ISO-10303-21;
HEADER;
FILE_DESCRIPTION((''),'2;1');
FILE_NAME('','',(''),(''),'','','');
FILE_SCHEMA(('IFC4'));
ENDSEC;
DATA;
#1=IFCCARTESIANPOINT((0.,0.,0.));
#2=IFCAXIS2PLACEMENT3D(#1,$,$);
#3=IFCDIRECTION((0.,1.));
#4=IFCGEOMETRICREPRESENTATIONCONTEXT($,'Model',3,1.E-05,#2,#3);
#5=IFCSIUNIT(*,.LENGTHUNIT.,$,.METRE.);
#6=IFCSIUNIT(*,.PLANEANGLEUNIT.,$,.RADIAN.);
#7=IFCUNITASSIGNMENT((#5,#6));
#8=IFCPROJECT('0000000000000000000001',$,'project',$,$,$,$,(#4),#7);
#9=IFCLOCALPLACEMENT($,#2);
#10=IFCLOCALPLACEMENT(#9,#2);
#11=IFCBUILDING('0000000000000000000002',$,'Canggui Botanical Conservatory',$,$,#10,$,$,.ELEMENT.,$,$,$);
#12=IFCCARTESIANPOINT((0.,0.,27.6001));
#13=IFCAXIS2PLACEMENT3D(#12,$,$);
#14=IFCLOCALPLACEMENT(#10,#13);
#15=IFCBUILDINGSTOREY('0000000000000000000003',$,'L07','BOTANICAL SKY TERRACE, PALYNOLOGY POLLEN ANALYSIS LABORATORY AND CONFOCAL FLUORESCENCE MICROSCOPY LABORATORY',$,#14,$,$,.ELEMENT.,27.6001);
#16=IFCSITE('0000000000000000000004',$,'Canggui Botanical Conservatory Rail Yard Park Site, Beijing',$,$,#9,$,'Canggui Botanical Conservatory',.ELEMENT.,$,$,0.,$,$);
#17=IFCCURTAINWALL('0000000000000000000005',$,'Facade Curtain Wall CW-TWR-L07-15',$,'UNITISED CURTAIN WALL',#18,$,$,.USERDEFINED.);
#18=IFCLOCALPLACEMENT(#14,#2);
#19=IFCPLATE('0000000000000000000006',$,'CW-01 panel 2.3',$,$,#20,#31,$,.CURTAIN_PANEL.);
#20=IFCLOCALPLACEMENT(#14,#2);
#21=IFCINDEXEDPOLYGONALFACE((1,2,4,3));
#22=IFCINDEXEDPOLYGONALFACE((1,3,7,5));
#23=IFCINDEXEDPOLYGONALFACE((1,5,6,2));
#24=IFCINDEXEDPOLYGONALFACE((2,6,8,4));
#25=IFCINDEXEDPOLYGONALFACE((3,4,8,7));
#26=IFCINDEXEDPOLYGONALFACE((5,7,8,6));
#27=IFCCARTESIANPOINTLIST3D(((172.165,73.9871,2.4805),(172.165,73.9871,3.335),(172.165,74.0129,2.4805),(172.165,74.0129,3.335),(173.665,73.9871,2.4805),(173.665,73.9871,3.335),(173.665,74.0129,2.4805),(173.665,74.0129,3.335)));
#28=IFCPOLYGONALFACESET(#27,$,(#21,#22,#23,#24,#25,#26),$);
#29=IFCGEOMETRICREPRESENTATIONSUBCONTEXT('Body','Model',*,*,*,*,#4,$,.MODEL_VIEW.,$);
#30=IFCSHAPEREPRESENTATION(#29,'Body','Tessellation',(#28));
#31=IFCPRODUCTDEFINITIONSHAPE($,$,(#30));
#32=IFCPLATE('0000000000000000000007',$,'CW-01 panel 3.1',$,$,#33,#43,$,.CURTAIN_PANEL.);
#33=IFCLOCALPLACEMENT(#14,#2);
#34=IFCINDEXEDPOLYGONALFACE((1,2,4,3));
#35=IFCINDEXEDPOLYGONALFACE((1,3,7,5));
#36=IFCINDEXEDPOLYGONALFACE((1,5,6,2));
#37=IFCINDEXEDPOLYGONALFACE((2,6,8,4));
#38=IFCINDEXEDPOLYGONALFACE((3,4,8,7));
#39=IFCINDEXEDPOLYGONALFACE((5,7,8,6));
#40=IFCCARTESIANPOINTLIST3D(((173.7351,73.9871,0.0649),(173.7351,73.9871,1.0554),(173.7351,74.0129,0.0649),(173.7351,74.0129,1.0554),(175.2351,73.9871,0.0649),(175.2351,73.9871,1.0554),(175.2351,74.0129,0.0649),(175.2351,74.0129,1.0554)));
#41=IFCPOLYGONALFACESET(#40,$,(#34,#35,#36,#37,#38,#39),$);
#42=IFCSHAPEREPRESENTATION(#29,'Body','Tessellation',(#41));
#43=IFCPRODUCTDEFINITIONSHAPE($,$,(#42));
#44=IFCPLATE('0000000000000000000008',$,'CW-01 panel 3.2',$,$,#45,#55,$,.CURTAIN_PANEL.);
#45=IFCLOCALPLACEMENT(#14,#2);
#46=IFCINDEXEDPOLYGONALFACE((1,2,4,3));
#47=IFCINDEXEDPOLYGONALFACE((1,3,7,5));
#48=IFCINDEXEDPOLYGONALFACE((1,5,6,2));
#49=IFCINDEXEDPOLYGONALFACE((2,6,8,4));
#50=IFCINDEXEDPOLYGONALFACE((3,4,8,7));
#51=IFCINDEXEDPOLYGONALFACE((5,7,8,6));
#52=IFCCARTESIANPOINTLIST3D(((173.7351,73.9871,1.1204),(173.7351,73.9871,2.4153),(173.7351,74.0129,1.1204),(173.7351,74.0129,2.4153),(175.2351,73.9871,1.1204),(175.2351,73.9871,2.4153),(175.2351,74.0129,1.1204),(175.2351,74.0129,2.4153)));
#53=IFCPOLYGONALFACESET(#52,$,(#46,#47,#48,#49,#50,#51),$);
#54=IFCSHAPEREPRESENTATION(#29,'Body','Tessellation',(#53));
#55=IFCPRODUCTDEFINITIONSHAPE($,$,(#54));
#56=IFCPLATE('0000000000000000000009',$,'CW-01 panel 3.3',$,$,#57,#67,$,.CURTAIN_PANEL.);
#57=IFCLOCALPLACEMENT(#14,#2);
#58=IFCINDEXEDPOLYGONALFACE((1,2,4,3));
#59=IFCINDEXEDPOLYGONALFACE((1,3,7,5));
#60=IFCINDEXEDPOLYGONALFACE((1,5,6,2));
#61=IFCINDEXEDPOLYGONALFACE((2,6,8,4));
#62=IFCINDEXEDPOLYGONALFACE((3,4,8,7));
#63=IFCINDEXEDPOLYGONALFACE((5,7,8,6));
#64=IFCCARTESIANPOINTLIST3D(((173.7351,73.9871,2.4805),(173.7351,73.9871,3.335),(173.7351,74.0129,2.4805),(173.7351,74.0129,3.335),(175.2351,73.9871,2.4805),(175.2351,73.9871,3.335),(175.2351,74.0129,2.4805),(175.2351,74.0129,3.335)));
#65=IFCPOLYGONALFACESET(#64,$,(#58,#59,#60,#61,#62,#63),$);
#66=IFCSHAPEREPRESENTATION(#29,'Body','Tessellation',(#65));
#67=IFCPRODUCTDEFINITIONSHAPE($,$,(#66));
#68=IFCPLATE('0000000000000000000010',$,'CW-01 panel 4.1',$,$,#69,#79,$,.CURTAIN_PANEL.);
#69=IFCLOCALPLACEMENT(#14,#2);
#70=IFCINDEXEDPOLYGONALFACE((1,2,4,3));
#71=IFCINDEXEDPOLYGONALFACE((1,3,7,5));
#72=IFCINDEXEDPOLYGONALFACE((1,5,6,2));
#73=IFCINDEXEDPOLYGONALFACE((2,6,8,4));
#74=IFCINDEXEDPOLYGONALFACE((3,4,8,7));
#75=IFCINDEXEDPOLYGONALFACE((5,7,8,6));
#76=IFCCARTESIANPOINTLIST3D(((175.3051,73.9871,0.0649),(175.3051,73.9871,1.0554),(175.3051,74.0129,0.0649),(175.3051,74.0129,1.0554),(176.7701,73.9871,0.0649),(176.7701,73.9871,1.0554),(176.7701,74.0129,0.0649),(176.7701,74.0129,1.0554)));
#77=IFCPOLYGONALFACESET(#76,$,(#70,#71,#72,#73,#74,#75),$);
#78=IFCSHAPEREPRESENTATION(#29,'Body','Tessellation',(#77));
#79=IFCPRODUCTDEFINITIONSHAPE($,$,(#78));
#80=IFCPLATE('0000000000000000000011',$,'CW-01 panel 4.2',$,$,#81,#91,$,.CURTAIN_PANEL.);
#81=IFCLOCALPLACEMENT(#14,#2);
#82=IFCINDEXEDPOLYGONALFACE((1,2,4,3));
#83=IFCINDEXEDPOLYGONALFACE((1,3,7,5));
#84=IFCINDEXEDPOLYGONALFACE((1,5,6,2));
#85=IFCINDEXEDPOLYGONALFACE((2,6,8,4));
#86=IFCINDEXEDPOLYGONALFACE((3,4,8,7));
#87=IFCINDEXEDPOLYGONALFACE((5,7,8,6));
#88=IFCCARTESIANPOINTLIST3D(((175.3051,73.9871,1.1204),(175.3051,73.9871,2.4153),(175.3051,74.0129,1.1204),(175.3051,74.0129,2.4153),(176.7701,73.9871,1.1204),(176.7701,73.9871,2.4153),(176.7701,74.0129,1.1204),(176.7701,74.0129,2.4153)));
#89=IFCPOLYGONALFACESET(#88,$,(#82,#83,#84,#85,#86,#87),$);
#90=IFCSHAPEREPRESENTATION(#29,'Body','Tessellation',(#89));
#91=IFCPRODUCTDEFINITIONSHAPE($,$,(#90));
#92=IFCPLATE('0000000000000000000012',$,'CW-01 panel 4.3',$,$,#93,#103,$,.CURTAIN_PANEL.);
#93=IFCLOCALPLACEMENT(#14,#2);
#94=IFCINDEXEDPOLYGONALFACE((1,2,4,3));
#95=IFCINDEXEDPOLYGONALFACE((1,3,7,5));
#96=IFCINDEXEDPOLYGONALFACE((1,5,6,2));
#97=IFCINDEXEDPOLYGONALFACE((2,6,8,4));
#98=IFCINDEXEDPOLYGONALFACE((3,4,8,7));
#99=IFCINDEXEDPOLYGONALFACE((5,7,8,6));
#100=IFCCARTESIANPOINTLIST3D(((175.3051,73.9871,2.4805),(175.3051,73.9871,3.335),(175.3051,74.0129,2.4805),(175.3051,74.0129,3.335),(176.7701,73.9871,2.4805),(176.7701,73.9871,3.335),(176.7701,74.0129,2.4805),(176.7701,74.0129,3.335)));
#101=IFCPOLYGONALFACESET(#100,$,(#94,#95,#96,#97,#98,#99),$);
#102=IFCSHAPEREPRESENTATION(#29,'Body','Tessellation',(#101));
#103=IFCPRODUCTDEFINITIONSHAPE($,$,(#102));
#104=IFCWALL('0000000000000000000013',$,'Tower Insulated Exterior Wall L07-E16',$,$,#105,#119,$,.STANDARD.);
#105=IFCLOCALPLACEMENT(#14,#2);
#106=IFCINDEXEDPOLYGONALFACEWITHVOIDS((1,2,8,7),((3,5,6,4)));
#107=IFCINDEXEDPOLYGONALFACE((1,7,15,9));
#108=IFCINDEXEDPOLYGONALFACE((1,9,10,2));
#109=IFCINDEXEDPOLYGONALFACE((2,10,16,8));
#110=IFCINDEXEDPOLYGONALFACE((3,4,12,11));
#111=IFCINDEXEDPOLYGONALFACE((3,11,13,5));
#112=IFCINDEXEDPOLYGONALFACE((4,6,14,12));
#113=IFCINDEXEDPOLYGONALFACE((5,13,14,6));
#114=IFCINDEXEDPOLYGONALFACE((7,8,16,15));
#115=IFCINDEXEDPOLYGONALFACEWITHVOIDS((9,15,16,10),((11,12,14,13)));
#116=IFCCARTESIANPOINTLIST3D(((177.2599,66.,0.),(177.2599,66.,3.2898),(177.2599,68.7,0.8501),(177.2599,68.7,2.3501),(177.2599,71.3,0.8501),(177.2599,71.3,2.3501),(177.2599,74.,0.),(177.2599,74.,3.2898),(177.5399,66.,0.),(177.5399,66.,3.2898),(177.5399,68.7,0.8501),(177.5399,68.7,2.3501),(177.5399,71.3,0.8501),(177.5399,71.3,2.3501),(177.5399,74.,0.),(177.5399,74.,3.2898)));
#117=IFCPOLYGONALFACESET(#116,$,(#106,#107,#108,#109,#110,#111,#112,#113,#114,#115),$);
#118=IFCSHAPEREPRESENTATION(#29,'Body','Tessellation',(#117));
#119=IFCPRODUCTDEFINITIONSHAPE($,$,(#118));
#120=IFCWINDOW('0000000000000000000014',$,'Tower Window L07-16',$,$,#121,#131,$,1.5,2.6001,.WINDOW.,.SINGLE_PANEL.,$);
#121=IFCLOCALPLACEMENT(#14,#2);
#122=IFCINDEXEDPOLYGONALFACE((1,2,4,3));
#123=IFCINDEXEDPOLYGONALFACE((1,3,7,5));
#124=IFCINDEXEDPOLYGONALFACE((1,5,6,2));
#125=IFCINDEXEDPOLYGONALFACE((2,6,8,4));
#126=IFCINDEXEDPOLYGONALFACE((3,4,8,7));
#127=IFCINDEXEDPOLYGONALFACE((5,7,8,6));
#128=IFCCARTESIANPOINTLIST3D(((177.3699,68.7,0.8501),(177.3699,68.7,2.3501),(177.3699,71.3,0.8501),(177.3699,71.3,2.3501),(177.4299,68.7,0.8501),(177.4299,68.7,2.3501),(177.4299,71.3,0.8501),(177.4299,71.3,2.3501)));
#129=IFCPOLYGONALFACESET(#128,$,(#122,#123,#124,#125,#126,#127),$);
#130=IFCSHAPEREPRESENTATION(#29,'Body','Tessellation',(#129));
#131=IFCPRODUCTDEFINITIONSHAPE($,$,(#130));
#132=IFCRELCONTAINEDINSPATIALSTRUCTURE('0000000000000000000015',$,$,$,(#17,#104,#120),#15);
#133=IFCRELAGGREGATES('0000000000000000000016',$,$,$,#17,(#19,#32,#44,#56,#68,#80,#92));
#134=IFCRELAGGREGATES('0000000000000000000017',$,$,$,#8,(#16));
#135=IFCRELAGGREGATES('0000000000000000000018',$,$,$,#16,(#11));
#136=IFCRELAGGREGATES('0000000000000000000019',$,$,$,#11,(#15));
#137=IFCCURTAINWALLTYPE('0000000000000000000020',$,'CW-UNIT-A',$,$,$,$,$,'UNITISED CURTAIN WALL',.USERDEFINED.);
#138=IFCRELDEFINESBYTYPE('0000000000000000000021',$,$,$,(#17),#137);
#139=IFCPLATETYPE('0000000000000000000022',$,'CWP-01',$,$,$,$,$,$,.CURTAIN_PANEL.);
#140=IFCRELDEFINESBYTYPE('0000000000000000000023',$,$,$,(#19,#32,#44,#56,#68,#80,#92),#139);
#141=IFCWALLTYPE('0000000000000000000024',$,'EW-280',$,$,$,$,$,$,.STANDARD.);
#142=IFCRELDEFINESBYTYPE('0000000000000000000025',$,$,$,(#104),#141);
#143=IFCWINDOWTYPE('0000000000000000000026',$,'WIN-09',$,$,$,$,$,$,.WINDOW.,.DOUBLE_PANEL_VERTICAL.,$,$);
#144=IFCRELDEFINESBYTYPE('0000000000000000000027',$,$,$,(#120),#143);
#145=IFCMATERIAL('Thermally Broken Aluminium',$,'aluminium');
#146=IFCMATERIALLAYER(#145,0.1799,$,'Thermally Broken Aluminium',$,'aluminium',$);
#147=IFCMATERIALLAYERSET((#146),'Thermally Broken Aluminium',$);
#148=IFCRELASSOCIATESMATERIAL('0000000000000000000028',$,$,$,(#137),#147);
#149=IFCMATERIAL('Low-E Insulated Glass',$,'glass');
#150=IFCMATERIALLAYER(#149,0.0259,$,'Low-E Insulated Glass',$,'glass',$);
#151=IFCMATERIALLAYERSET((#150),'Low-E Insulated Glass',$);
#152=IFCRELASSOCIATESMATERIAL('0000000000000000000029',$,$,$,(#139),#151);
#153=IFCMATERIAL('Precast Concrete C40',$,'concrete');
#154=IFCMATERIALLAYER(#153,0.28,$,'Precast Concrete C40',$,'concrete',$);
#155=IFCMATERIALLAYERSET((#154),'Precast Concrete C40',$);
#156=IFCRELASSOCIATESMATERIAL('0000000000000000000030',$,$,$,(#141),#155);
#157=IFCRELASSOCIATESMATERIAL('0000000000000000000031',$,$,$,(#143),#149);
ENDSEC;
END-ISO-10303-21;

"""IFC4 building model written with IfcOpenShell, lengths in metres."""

from ifc_helpers import new_model, si_unit, direction, frame, frame_2d, origin, origin_2d, place, context, subcontext, project, spatial, rectangle, extrude, material, layer, layer_set, type_object, element, fill, aggregate, save


model = new_model("IFC4")

# Units and contexts
model_context = context("Model", 3, precision=1e-05, world=origin(), true_north=direction((0.0, 1.0)))
body_context = subcontext(model_context, "Body", "Model", "MODEL_VIEW")
ifc_project = project(units=[si_unit("LENGTHUNIT", "METRE"), si_unit("PLANEANGLEUNIT", "RADIAN")], contexts=[model_context])

# Site, building, storey
site_placement = place(None, origin())
site = spatial("IfcSite", under=ifc_project, at=site_placement, Name="Canggui Botanical Conservatory Rail Yard Park Site, Beijing", LongName="Canggui Botanical Conservatory", CompositionType="ELEMENT", RefElevation=0.0)
building_placement = place(site_placement, origin())
building = spatial("IfcBuilding", under=site, at=building_placement, Name="Canggui Botanical Conservatory", CompositionType="ELEMENT")
storey_placement = place(building_placement, frame((0.0, 0.0, 27.6001)))
storey = spatial("IfcBuildingStorey", under=building, at=storey_placement, Name="L07", Description="BOTANICAL SKY TERRACE, PALYNOLOGY POLLEN ANALYSIS LABORATORY AND CONFOCAL FLUORESCENCE MICROSCOPY LABORATORY", CompositionType="ELEMENT", Elevation=27.6001)

# Curtain wall, plates
ifc_material_1 = material(Name="Thermally Broken Aluminium", Category="aluminium")
ifc_layer_1 = layer(ifc_material_1, 0.1799, Name="Thermally Broken Aluminium", Category="aluminium")
ifc_layer_set_1 = layer_set([ifc_layer_1], Name="Thermally Broken Aluminium")
curtain_wall_type = type_object("IfcCurtainWallType", Name="CW-UNIT-A", ElementType="UNITISED CURTAIN WALL", PredefinedType="USERDEFINED", material=ifc_layer_set_1)
curtain_wall_placement = place(storey_placement, origin())
curtain_wall = element("IfcCurtainWall", 1, at=curtain_wall_placement, inside=storey, type_object=curtain_wall_type, Name="Facade Curtain Wall CW-TWR-L07-15", ObjectType="UNITISED CURTAIN WALL", PredefinedType="USERDEFINED")
ifc_material_2 = material(Name="Low-E Insulated Glass", Category="glass")
ifc_layer_2 = layer(ifc_material_2, 0.0259, Name="Low-E Insulated Glass", Category="glass")
ifc_layer_set_2 = layer_set([ifc_layer_2], Name="Low-E Insulated Glass")
plate_type = type_object("IfcPlateType", Name="CWP-01", PredefinedType="CURTAIN_PANEL", material=ifc_layer_set_2)
plate_1_placement = place(storey_placement, frame((172.915, 74.0, 2.4805), z_axis=(0.0, 0.0, 1.0), x_axis=(1.0, 0.0, 0.0)))
plate_1 = element("IfcPlate", 2, at=plate_1_placement, type_object=plate_type, Name="CW-01 panel 2.3", PredefinedType="CURTAIN_PANEL", context=body_context, shape_type="SweptSolid", body=[
    extrude(rectangle(XDim=1.5, YDim=0.0259, at=origin_2d()), origin(), (0.0, 0.0, 1.0), 0.8545),
])
plate_2_placement = place(storey_placement, frame((174.4851, 74.0, 0.0649), z_axis=(0.0, 0.0, 1.0), x_axis=(1.0, 0.0, 0.0)))
plate_2 = element("IfcPlate", 3, at=plate_2_placement, type_object=plate_type, Name="CW-01 panel 3.1", PredefinedType="CURTAIN_PANEL", context=body_context, shape_type="SweptSolid", body=[
    extrude(rectangle(XDim=1.5, YDim=0.0259, at=origin_2d()), origin(), (0.0, 0.0, 1.0), 0.9905),
])
plate_3_placement = place(storey_placement, frame((174.4851, 74.0, 1.1204), z_axis=(0.0, 0.0, 1.0), x_axis=(1.0, 0.0, 0.0)))
plate_3 = element("IfcPlate", 4, at=plate_3_placement, type_object=plate_type, Name="CW-01 panel 3.2", PredefinedType="CURTAIN_PANEL", context=body_context, shape_type="SweptSolid", body=[
    extrude(rectangle(XDim=1.5, YDim=0.0259, at=origin_2d()), origin(), (0.0, 0.0, 1.0), 1.2949),
])
plate_4_placement = place(storey_placement, frame((174.4851, 74.0, 2.4805), z_axis=(0.0, 0.0, 1.0), x_axis=(1.0, 0.0, 0.0)))
plate_4 = element("IfcPlate", 5, at=plate_4_placement, type_object=plate_type, Name="CW-01 panel 3.3", PredefinedType="CURTAIN_PANEL", context=body_context, shape_type="SweptSolid", body=[
    extrude(rectangle(XDim=1.5, YDim=0.0259, at=origin_2d()), origin(), (0.0, 0.0, 1.0), 0.8545),
])
plate_5_placement = place(storey_placement, frame((176.0376, 74.0, 0.0649), z_axis=(0.0, 0.0, 1.0), x_axis=(1.0, 0.0, 0.0)))
plate_5 = element("IfcPlate", 6, at=plate_5_placement, type_object=plate_type, Name="CW-01 panel 4.1", PredefinedType="CURTAIN_PANEL", context=body_context, shape_type="SweptSolid", body=[
    extrude(rectangle(XDim=1.4651, YDim=0.0259, at=origin_2d()), origin(), (0.0, 0.0, 1.0), 0.9905),
])
plate_6_placement = place(storey_placement, frame((176.0376, 74.0, 1.1204), z_axis=(0.0, 0.0, 1.0), x_axis=(1.0, 0.0, 0.0)))
plate_6 = element("IfcPlate", 7, at=plate_6_placement, type_object=plate_type, Name="CW-01 panel 4.2", PredefinedType="CURTAIN_PANEL", context=body_context, shape_type="SweptSolid", body=[
    extrude(rectangle(XDim=1.4651, YDim=0.0259, at=origin_2d()), origin(), (0.0, 0.0, 1.0), 1.2949),
])
plate_7_placement = place(storey_placement, frame((176.0376, 74.0, 2.4805), z_axis=(0.0, 0.0, 1.0), x_axis=(1.0, 0.0, 0.0)))
plate_7 = element("IfcPlate", 8, at=plate_7_placement, type_object=plate_type, Name="CW-01 panel 4.3", PredefinedType="CURTAIN_PANEL", context=body_context, shape_type="SweptSolid", body=[
    extrude(rectangle(XDim=1.4651, YDim=0.0259, at=origin_2d()), origin(), (0.0, 0.0, 1.0), 0.8545),
])
aggregate(curtain_wall, [plate_1, plate_2, plate_3, plate_4, plate_5, plate_6, plate_7])

# Wall, opening, window
ifc_material_3 = material(Name="Precast Concrete C40", Category="concrete")
ifc_layer_3 = layer(ifc_material_3, 0.28, Name="Precast Concrete C40", Category="concrete")
ifc_layer_set_3 = layer_set([ifc_layer_3], Name="Precast Concrete C40")
wall_type = type_object("IfcWallType", Name="EW-280", PredefinedType="STANDARD", material=ifc_layer_set_3)
wall_placement = place(storey_placement, frame((177.3999, 74.0, 0.0), z_axis=(0.0, 0.0, 1.0), x_axis=(0.0, -1.0, 0.0)))
wall = element("IfcWall", 9, at=wall_placement, inside=storey, type_object=wall_type, Name="Tower Insulated Exterior Wall L07-E16", PredefinedType="STANDARD", context=body_context, shape_type="SweptSolid", body=[
    extrude(rectangle(XDim=8.0, YDim=0.28, at=frame_2d((4.0, 0.0))), origin(), (0.0, 0.0, 1.0), 3.2898),
])
opening_placement = place(wall_placement, frame((2.7, 0.0, 0.8501)))
opening = element("IfcOpeningElement", 10, at=opening_placement, cuts=wall, PredefinedType="OPENING", context=body_context, shape_type="SweptSolid", body=[
    extrude(rectangle(XDim=2.6001, YDim=1.5, at=frame_2d((1.3, 0.75))), frame((0.0, 0.1499, 0.0), z_axis=(0.0, -1.0, 0.0), x_axis=(1.0, 0.0, 0.0)), (0.0, 0.0, 1.0), 0.3),
])
window_type = type_object("IfcWindowType", Name="WIN-09", PartitioningType="DOUBLE_PANEL_VERTICAL", PredefinedType="WINDOW", material=ifc_material_2)
window_placement = place(opening_placement, origin())
window = element("IfcWindow", 11, at=window_placement, inside=storey, type_object=window_type, Name="Tower Window L07-16", OverallHeight=1.5, OverallWidth=2.6001, PartitioningType="SINGLE_PANEL", PredefinedType="WINDOW", context=body_context, shape_type="SweptSolid", body=[
    extrude(rectangle(XDim=2.6001, YDim=1.5, at=frame_2d((1.3, 0.75))), frame((0.0, 0.03, 0.0), z_axis=(0.0, -1.0, 0.0), x_axis=(1.0, 0.0, 0.0)), (0.0, 0.0, 1.0), 0.0601),
])
fill(opening, window)

save(model, "model.ifc")
